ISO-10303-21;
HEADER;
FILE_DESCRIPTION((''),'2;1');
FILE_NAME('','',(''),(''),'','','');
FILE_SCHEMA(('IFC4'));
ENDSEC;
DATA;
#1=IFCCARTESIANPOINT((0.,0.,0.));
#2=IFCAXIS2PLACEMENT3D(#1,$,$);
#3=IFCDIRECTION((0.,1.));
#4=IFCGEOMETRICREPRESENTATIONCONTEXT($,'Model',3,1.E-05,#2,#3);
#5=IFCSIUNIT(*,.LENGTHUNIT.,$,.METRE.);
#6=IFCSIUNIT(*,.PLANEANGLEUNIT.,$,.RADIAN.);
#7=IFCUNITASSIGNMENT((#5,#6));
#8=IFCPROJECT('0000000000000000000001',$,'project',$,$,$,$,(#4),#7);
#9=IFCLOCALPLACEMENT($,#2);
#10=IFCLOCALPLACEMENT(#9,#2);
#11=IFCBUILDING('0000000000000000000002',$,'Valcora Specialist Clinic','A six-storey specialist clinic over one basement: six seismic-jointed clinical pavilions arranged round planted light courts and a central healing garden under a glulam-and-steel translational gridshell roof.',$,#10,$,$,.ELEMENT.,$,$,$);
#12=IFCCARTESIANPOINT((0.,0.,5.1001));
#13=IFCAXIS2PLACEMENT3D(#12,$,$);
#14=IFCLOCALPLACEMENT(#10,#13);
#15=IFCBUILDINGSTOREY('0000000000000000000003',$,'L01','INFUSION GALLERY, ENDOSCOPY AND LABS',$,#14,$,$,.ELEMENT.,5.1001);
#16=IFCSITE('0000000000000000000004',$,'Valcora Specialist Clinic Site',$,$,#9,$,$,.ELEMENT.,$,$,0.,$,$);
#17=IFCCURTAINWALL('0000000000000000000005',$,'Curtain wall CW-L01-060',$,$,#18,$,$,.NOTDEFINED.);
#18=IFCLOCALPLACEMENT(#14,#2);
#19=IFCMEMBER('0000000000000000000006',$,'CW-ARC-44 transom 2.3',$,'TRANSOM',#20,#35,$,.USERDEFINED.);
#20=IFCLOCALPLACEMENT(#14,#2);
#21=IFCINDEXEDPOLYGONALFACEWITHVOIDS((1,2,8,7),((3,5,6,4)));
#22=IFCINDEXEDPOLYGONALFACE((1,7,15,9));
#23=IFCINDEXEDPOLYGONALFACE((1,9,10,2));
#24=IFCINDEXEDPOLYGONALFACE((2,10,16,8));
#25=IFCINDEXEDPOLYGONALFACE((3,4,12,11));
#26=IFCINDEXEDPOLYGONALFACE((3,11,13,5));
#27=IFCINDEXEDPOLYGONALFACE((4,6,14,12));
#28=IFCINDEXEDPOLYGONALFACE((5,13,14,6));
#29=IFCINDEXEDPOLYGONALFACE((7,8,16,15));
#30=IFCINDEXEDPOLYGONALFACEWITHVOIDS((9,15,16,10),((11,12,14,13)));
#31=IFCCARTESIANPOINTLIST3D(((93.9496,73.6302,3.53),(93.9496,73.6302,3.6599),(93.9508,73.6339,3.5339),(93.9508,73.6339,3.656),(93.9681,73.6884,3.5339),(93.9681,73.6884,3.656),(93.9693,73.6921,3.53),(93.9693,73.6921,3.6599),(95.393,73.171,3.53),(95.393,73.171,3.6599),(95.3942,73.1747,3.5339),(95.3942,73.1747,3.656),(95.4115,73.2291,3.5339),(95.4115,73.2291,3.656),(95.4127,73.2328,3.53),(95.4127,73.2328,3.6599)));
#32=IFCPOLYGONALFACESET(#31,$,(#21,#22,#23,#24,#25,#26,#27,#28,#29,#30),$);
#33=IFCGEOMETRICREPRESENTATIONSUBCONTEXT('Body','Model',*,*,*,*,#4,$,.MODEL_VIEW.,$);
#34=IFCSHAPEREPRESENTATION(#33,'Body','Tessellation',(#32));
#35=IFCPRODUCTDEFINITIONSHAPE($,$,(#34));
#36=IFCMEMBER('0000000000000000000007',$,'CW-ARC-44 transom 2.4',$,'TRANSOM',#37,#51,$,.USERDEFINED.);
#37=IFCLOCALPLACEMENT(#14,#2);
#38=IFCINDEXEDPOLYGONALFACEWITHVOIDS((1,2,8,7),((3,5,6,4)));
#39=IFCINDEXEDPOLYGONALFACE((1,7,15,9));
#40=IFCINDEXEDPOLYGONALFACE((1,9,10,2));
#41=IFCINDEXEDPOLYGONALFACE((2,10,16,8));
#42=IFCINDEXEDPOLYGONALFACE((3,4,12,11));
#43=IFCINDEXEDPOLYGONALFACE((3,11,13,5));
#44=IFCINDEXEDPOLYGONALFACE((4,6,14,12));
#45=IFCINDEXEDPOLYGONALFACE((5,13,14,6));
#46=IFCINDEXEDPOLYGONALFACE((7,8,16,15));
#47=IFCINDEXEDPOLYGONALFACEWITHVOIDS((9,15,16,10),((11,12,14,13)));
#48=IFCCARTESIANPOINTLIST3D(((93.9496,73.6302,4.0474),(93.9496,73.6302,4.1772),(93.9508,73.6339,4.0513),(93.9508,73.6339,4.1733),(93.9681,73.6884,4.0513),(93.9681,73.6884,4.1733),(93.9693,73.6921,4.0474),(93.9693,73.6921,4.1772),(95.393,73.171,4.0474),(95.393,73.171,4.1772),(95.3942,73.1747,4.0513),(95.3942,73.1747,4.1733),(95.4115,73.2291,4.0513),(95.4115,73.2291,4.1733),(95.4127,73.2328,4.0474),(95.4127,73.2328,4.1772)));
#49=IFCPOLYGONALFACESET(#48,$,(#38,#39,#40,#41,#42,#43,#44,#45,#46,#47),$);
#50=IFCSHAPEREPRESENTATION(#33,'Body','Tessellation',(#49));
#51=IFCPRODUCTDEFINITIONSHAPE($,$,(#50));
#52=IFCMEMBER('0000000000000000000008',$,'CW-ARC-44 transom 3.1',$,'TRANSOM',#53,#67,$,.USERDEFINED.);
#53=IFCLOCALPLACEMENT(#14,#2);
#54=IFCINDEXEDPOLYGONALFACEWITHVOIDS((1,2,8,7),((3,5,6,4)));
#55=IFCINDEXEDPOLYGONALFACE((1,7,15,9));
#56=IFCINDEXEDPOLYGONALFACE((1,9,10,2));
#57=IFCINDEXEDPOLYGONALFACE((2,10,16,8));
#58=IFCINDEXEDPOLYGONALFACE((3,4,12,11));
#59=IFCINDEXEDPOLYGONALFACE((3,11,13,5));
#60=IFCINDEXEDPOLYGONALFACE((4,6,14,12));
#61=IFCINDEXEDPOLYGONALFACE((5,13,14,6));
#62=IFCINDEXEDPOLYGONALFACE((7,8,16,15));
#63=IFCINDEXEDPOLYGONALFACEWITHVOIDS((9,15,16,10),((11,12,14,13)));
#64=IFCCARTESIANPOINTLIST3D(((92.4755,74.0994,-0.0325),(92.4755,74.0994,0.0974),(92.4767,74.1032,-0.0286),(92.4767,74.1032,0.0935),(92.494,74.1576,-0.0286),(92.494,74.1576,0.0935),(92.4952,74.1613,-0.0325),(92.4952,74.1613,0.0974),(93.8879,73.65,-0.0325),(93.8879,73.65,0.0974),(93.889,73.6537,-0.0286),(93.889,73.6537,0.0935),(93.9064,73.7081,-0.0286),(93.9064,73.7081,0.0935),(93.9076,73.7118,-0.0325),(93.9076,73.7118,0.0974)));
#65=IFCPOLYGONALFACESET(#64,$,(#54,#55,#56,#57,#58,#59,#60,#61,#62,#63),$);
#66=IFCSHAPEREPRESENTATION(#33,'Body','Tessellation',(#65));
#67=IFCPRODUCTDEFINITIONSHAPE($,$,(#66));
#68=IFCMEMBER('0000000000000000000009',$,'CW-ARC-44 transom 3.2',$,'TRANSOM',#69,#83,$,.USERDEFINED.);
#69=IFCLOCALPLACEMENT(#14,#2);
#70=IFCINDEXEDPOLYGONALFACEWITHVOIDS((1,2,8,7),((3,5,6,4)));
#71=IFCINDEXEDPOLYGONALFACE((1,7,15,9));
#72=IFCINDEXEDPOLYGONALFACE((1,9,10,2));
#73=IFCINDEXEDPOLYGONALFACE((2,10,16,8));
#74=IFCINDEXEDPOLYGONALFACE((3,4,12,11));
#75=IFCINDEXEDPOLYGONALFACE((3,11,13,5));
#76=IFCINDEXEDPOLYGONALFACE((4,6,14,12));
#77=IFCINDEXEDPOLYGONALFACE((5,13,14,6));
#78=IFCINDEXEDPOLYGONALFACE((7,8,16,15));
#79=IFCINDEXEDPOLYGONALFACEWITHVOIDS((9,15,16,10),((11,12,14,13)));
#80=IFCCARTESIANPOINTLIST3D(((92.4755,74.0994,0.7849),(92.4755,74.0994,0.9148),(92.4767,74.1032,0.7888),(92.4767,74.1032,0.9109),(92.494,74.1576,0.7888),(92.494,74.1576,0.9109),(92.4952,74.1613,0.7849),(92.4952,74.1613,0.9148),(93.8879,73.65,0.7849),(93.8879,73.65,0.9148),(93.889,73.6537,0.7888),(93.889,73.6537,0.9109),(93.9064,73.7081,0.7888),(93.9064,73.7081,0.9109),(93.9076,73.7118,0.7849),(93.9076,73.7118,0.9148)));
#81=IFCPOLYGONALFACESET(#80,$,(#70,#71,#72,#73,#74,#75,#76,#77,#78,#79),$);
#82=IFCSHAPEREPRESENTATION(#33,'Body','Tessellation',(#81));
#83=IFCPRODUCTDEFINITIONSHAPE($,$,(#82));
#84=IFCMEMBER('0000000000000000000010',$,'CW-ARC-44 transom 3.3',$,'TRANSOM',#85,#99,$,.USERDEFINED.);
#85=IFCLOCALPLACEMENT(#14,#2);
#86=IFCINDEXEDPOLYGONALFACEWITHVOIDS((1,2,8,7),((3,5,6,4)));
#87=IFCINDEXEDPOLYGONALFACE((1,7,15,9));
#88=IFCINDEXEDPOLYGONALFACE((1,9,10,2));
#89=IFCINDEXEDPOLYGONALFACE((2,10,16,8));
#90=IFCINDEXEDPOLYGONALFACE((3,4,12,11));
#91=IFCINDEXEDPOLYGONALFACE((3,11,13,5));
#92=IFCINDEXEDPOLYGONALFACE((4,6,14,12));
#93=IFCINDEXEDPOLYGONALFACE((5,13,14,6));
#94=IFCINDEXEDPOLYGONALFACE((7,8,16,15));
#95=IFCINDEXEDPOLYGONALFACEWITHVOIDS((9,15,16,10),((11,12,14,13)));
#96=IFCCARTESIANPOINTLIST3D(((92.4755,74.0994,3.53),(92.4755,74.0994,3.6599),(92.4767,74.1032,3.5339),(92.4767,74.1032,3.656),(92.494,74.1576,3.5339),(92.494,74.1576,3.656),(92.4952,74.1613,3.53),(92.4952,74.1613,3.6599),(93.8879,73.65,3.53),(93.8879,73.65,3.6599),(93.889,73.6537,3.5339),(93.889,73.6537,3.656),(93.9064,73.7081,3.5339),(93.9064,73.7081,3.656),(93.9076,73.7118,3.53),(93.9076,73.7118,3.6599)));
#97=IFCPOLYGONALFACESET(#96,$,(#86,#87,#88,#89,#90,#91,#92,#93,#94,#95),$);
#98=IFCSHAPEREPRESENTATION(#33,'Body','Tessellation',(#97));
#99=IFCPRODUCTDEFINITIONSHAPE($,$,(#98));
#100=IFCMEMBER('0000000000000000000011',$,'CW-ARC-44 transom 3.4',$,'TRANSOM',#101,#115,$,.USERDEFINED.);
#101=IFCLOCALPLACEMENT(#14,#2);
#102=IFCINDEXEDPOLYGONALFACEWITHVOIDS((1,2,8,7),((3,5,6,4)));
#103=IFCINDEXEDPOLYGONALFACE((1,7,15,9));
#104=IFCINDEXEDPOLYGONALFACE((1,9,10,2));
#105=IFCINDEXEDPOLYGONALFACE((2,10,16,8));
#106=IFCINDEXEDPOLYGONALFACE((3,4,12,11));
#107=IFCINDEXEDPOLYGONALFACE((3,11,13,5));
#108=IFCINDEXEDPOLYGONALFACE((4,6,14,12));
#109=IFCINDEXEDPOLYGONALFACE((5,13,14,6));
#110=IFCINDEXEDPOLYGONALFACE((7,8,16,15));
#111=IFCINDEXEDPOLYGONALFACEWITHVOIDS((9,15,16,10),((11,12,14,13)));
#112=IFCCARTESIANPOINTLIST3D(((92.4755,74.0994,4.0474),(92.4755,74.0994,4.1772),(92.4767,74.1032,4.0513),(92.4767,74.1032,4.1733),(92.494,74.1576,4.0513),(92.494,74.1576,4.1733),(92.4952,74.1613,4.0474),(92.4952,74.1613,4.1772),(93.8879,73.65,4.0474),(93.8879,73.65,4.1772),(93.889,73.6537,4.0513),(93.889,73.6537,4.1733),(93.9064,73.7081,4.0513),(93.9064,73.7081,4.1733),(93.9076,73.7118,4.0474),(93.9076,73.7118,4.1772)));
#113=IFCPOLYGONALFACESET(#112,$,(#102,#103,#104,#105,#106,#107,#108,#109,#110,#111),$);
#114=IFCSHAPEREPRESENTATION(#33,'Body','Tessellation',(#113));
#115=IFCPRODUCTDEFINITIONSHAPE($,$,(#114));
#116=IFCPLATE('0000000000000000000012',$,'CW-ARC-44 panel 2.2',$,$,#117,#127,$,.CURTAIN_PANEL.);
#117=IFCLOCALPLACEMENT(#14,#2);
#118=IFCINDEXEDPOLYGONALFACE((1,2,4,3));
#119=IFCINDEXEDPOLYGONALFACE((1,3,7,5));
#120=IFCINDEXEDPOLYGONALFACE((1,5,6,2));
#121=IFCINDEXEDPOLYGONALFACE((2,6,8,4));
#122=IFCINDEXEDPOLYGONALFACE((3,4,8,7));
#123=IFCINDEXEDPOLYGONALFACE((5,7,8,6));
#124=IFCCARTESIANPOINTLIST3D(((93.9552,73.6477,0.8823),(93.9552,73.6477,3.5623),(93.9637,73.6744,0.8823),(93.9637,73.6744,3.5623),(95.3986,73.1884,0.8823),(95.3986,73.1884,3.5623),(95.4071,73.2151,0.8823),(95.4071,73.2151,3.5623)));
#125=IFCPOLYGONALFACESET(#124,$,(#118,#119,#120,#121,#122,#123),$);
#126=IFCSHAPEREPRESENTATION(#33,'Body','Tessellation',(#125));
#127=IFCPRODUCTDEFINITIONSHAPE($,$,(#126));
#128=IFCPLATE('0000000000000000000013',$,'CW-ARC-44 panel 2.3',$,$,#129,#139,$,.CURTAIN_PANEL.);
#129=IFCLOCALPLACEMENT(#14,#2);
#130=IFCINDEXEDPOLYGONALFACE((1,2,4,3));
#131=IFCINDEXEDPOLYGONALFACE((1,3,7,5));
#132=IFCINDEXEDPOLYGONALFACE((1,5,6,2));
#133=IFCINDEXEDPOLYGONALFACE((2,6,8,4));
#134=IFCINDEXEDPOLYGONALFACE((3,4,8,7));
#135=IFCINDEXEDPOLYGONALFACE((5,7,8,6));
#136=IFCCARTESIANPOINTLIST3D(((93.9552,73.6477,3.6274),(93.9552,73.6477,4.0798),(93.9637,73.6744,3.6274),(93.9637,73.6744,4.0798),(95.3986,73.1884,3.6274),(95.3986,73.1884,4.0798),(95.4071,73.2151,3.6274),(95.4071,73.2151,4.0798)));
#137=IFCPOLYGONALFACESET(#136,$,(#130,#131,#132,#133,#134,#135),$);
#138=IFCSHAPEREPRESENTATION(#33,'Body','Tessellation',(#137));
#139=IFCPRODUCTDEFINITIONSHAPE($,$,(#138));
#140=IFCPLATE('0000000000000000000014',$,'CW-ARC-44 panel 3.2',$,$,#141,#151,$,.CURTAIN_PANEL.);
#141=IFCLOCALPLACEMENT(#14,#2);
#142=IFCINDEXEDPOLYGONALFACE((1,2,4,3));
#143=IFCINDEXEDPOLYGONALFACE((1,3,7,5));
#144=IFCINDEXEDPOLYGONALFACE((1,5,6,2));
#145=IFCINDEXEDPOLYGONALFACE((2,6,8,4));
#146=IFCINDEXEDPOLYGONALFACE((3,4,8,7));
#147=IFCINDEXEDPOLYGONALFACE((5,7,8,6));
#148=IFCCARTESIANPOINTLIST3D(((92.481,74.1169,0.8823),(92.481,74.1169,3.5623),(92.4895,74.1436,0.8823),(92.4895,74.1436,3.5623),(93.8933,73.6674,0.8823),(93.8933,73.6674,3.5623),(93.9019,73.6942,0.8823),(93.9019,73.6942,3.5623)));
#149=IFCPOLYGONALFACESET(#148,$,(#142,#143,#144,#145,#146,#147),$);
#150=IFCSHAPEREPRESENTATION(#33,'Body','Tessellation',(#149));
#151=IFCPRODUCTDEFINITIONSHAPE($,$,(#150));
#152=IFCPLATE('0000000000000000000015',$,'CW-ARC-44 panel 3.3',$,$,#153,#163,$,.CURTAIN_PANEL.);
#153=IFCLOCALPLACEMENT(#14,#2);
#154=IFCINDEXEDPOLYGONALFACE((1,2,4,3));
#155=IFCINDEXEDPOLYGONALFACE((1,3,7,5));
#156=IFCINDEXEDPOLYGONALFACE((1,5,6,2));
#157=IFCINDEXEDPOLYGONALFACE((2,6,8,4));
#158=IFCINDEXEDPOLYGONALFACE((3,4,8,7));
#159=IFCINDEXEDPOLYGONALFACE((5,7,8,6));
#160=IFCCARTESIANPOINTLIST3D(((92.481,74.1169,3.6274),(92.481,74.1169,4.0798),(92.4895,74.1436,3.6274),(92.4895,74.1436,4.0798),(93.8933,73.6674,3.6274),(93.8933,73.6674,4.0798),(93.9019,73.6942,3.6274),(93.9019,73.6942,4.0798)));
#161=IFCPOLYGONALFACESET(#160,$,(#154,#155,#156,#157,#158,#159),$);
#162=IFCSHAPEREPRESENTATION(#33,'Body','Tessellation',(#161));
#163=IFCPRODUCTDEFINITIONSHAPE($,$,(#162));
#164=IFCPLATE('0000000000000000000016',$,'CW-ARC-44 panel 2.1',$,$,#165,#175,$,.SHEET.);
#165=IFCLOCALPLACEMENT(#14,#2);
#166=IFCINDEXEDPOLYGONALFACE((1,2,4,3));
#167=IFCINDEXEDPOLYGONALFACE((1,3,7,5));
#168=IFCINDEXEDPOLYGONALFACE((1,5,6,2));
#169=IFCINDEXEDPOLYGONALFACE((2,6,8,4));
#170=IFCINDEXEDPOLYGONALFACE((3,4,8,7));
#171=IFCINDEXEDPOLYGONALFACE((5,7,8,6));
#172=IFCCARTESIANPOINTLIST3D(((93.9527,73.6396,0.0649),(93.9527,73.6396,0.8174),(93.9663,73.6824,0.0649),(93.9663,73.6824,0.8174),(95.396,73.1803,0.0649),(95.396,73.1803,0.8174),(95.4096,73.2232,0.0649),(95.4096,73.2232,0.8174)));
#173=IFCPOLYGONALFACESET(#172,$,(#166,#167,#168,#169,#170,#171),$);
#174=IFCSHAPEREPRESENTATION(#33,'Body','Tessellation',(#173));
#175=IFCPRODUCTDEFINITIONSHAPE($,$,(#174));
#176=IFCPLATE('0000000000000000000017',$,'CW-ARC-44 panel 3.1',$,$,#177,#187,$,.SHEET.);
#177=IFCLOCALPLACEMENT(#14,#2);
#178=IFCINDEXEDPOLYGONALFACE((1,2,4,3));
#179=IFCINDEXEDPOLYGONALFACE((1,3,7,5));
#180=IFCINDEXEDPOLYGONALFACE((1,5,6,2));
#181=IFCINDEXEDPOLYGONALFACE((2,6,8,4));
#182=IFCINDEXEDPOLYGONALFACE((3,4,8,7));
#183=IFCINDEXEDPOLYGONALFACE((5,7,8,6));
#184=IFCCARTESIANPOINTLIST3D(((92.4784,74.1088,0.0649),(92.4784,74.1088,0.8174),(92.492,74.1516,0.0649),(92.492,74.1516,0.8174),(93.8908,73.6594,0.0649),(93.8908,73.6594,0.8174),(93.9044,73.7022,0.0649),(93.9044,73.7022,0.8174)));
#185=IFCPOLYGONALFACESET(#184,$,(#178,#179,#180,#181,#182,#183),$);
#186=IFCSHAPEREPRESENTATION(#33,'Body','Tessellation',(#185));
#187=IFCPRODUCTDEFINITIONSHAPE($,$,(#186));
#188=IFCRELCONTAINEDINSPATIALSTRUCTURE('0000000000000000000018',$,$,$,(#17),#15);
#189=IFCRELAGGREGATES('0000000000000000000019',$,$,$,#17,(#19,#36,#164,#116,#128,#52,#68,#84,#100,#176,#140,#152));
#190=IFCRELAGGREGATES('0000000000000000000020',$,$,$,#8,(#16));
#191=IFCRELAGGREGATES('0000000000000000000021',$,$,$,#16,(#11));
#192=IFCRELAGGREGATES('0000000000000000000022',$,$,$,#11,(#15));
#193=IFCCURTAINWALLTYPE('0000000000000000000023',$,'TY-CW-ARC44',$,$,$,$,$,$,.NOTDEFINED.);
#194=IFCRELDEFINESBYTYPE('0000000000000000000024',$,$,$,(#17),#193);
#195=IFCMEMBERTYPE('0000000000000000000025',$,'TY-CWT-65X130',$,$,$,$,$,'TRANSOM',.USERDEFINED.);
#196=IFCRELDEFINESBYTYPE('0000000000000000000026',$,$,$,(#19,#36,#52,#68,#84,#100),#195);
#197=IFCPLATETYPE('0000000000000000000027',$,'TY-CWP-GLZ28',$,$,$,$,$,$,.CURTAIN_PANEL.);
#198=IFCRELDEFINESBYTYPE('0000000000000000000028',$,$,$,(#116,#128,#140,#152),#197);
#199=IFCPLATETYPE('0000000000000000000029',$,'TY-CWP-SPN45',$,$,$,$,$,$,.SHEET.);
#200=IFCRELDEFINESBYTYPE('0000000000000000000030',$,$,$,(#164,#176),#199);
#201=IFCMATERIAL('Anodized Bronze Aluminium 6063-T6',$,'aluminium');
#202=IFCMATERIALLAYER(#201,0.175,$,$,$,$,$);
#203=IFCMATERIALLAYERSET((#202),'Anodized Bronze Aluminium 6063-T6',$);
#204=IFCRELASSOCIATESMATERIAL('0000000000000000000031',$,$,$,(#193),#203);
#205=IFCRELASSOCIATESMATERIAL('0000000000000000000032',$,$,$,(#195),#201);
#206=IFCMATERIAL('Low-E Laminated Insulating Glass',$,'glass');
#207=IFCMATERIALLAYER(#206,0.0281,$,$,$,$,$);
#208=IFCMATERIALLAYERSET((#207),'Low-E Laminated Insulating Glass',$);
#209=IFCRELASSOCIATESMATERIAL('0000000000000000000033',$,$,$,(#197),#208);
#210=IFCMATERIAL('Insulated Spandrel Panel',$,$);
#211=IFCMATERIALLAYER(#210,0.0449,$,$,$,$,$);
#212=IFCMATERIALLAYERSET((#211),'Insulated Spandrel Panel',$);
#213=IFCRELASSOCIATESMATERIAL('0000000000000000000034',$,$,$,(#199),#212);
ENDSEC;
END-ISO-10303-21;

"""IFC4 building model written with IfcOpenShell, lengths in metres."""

from ifc_helpers import new_model, si_unit, direction, frame, origin, origin_2d, place, context, subcontext, project, spatial, rectangle, hollow_rectangle, extrude, material, layer, layer_set, material_profile, profile_set, type_object, element, aggregate, save


model = new_model("IFC4")

# Units and contexts
model_context = context("Model", 3, precision=1e-05, world=origin(), true_north=direction((0.0, 1.0)))
body_context = subcontext(model_context, "Body", "Model", "MODEL_VIEW")
ifc_project = project(units=[si_unit("LENGTHUNIT", "METRE"), si_unit("PLANEANGLEUNIT", "RADIAN")], contexts=[model_context])

# Site, building, storey
site_placement = place(None, origin())
site = spatial("IfcSite", under=ifc_project, at=site_placement, Name="Valcora Specialist Clinic Site", CompositionType="ELEMENT", RefElevation=0.0)
building_placement = place(site_placement, origin())
building = spatial("IfcBuilding", under=site, at=building_placement, Name="Valcora Specialist Clinic", Description="A six-storey specialist clinic over one basement: six seismic-jointed clinical pavilions arranged round planted light courts and a central healing garden under a glulam-and-steel translational gridshell roof.", CompositionType="ELEMENT")
storey_placement = place(building_placement, frame((0.0, 0.0, 5.1001)))
storey = spatial("IfcBuildingStorey", under=building, at=storey_placement, Name="L01", Description="INFUSION GALLERY, ENDOSCOPY AND LABS", CompositionType="ELEMENT", Elevation=5.1001)

# Curtain wall, members, plates
ifc_material_1 = material(Name="Anodized Bronze Aluminium 6063-T6", Category="aluminium")
ifc_layer_1 = layer(ifc_material_1, 0.175)
ifc_layer_set_1 = layer_set([ifc_layer_1], Name="Anodized Bronze Aluminium 6063-T6")
curtain_wall_type = type_object("IfcCurtainWallType", Name="TY-CW-ARC44", PredefinedType="NOTDEFINED", material=ifc_layer_set_1)
curtain_wall_placement = place(storey_placement, origin())
curtain_wall = element("IfcCurtainWall", 1, at=curtain_wall_placement, inside=storey, type_object=curtain_wall_type, Name="Curtain wall CW-L01-060", PredefinedType="NOTDEFINED")
ifc_material_profile_1 = material_profile(ifc_material_1, hollow_rectangle(XDim=0.0649, YDim=0.1299, WallThickness=0.0039, at=origin_2d()), Name="AL-TRN-65X130")
ifc_profile_set_1 = profile_set([ifc_material_profile_1], Name="Anodized Bronze Aluminium 6063-T6")
member_type_1 = type_object("IfcMemberType", Name="TY-CWT-65X130", ElementType="TRANSOM", PredefinedType="USERDEFINED", material=ifc_profile_set_1)
member_1_placement = place(storey_placement, frame((95.4028, 73.2019, 3.595), z_axis=(-0.95293, 0.30319, 0.0), x_axis=(-0.30319, -0.95293, 0.0)))
member_1 = element("IfcMember", 2, at=member_1_placement, type_object=member_type_1, Name="CW-ARC-44 transom 2.3", ObjectType="TRANSOM", PredefinedType="USERDEFINED", context=body_context, shape_type="SweptSolid", body=[
    extrude(hollow_rectangle(XDim=0.0649, YDim=0.1299, WallThickness=0.0039, at=origin_2d()), origin(), (0.0, 0.0, 1.0), 1.5146),
])
member_2_placement = place(storey_placement, frame((95.4028, 73.2019, 4.1123), z_axis=(-0.95293, 0.30319, 0.0), x_axis=(-0.30319, -0.95293, 0.0)))
member_2 = element("IfcMember", 3, at=member_2_placement, type_object=member_type_1, Name="CW-ARC-44 transom 2.4", ObjectType="TRANSOM", PredefinedType="USERDEFINED", context=body_context, shape_type="SweptSolid", body=[
    extrude(hollow_rectangle(XDim=0.0649, YDim=0.1299, WallThickness=0.0039, at=origin_2d()), origin(), (0.0, 0.0, 1.0), 1.5146),
])
member_3_placement = place(storey_placement, frame((93.8977, 73.6809, 0.0325), z_axis=(-0.952911, 0.303251, 0.0), x_axis=(-0.303251, -0.952911, 0.0)))
member_3 = element("IfcMember", 4, at=member_3_placement, type_object=member_type_1, Name="CW-ARC-44 transom 3.1", ObjectType="TRANSOM", PredefinedType="USERDEFINED", context=body_context, shape_type="SweptSolid", body=[
    extrude(hollow_rectangle(XDim=0.0649, YDim=0.1299, WallThickness=0.0039, at=origin_2d()), origin(), (0.0, 0.0, 1.0), 1.4822),
])
member_4_placement = place(storey_placement, frame((93.8977, 73.6809, 0.8499), z_axis=(-0.952911, 0.303251, 0.0), x_axis=(-0.303251, -0.952911, 0.0)))
member_4 = element("IfcMember", 5, at=member_4_placement, type_object=member_type_1, Name="CW-ARC-44 transom 3.2", ObjectType="TRANSOM", PredefinedType="USERDEFINED", context=body_context, shape_type="SweptSolid", body=[
    extrude(hollow_rectangle(XDim=0.0649, YDim=0.1299, WallThickness=0.0039, at=origin_2d()), origin(), (0.0, 0.0, 1.0), 1.4822),
])
member_5_placement = place(storey_placement, frame((93.8977, 73.6809, 3.595), z_axis=(-0.952911, 0.303251, 0.0), x_axis=(-0.303251, -0.952911, 0.0)))
member_5 = element("IfcMember", 6, at=member_5_placement, type_object=member_type_1, Name="CW-ARC-44 transom 3.3", ObjectType="TRANSOM", PredefinedType="USERDEFINED", context=body_context, shape_type="SweptSolid", body=[
    extrude(hollow_rectangle(XDim=0.0649, YDim=0.1299, WallThickness=0.0039, at=origin_2d()), origin(), (0.0, 0.0, 1.0), 1.4822),
])
member_6_placement = place(storey_placement, frame((93.8977, 73.6809, 4.1123), z_axis=(-0.952911, 0.303251, 0.0), x_axis=(-0.303251, -0.952911, 0.0)))
member_6 = element("IfcMember", 7, at=member_6_placement, type_object=member_type_1, Name="CW-ARC-44 transom 3.4", ObjectType="TRANSOM", PredefinedType="USERDEFINED", context=body_context, shape_type="SweptSolid", body=[
    extrude(hollow_rectangle(XDim=0.0649, YDim=0.1299, WallThickness=0.0039, at=origin_2d()), origin(), (0.0, 0.0, 1.0), 1.4822),
])
ifc_material_2 = material(Name="Low-E Laminated Insulating Glass", Category="glass")
ifc_layer_2 = layer(ifc_material_2, 0.0281)
ifc_layer_set_2 = layer_set([ifc_layer_2], Name="Low-E Laminated Insulating Glass")
plate_type_1 = type_object("IfcPlateType", Name="TY-CWP-GLZ28", PredefinedType="CURTAIN_PANEL", material=ifc_layer_set_2)
plate_1_placement = place(storey_placement, frame((94.6812, 73.4314, 0.8823), z_axis=(0.0, 0.0, 1.0), x_axis=(-0.952916, 0.303233, 0.0)))
plate_1 = element("IfcPlate", 8, at=plate_1_placement, type_object=plate_type_1, Name="CW-ARC-44 panel 2.2", PredefinedType="CURTAIN_PANEL", context=body_context, shape_type="SweptSolid", body=[
    extrude(rectangle(XDim=1.5146, YDim=0.0281, at=origin_2d()), origin(), (0.0, 0.0, 1.0), 2.6799),
])
plate_2_placement = place(storey_placement, frame((94.6812, 73.4314, 3.6274), z_axis=(0.0, 0.0, 1.0), x_axis=(-0.952916, 0.303233, 0.0)))
plate_2 = element("IfcPlate", 9, at=plate_2_placement, type_object=plate_type_1, Name="CW-ARC-44 panel 2.3", PredefinedType="CURTAIN_PANEL", context=body_context, shape_type="SweptSolid", body=[
    extrude(rectangle(XDim=1.5146, YDim=0.0281, at=origin_2d()), origin(), (0.0, 0.0, 1.0), 0.4524),
])
plate_3_placement = place(storey_placement, frame((93.1914, 73.9055, 0.8823), z_axis=(0.0, 0.0, 1.0), x_axis=(-0.952916, 0.303233, 0.0)))
plate_3 = element("IfcPlate", 10, at=plate_3_placement, type_object=plate_type_1, Name="CW-ARC-44 panel 3.2", PredefinedType="CURTAIN_PANEL", context=body_context, shape_type="SweptSolid", body=[
    extrude(rectangle(XDim=1.4822, YDim=0.0281, at=origin_2d()), origin(), (0.0, 0.0, 1.0), 2.6799),
])
plate_4_placement = place(storey_placement, frame((93.1914, 73.9055, 3.6274), z_axis=(0.0, 0.0, 1.0), x_axis=(-0.952916, 0.303233, 0.0)))
plate_4 = element("IfcPlate", 11, at=plate_4_placement, type_object=plate_type_1, Name="CW-ARC-44 panel 3.3", PredefinedType="CURTAIN_PANEL", context=body_context, shape_type="SweptSolid", body=[
    extrude(rectangle(XDim=1.4822, YDim=0.0281, at=origin_2d()), origin(), (0.0, 0.0, 1.0), 0.4524),
])
ifc_material_3 = material(Name="Insulated Spandrel Panel")
ifc_layer_3 = layer(ifc_material_3, 0.0449)
ifc_layer_set_3 = layer_set([ifc_layer_3], Name="Insulated Spandrel Panel")
plate_type_2 = type_object("IfcPlateType", Name="TY-CWP-SPN45", PredefinedType="SHEET", material=ifc_layer_set_3)
plate_5_placement = place(storey_placement, frame((94.6812, 73.4314, 0.0649), z_axis=(0.0, 0.0, 1.0), x_axis=(-0.952916, 0.303233, 0.0)))
plate_5 = element("IfcPlate", 12, at=plate_5_placement, type_object=plate_type_2, Name="CW-ARC-44 panel 2.1", PredefinedType="SHEET", context=body_context, shape_type="SweptSolid", body=[
    extrude(rectangle(XDim=1.5146, YDim=0.0449, at=origin_2d()), origin(), (0.0, 0.0, 1.0), 0.7524),
])
plate_6_placement = place(storey_placement, frame((93.1914, 73.9055, 0.0649), z_axis=(0.0, 0.0, 1.0), x_axis=(-0.952916, 0.303233, 0.0)))
plate_6 = element("IfcPlate", 13, at=plate_6_placement, type_object=plate_type_2, Name="CW-ARC-44 panel 3.1", PredefinedType="SHEET", context=body_context, shape_type="SweptSolid", body=[
    extrude(rectangle(XDim=1.4822, YDim=0.0449, at=origin_2d()), origin(), (0.0, 0.0, 1.0), 0.7524),
])
aggregate(curtain_wall, [member_1, member_2, plate_5, plate_1, plate_2, member_3, member_4, member_5, member_6, plate_6, plate_3, plate_4])

save(model, "model.ifc")
